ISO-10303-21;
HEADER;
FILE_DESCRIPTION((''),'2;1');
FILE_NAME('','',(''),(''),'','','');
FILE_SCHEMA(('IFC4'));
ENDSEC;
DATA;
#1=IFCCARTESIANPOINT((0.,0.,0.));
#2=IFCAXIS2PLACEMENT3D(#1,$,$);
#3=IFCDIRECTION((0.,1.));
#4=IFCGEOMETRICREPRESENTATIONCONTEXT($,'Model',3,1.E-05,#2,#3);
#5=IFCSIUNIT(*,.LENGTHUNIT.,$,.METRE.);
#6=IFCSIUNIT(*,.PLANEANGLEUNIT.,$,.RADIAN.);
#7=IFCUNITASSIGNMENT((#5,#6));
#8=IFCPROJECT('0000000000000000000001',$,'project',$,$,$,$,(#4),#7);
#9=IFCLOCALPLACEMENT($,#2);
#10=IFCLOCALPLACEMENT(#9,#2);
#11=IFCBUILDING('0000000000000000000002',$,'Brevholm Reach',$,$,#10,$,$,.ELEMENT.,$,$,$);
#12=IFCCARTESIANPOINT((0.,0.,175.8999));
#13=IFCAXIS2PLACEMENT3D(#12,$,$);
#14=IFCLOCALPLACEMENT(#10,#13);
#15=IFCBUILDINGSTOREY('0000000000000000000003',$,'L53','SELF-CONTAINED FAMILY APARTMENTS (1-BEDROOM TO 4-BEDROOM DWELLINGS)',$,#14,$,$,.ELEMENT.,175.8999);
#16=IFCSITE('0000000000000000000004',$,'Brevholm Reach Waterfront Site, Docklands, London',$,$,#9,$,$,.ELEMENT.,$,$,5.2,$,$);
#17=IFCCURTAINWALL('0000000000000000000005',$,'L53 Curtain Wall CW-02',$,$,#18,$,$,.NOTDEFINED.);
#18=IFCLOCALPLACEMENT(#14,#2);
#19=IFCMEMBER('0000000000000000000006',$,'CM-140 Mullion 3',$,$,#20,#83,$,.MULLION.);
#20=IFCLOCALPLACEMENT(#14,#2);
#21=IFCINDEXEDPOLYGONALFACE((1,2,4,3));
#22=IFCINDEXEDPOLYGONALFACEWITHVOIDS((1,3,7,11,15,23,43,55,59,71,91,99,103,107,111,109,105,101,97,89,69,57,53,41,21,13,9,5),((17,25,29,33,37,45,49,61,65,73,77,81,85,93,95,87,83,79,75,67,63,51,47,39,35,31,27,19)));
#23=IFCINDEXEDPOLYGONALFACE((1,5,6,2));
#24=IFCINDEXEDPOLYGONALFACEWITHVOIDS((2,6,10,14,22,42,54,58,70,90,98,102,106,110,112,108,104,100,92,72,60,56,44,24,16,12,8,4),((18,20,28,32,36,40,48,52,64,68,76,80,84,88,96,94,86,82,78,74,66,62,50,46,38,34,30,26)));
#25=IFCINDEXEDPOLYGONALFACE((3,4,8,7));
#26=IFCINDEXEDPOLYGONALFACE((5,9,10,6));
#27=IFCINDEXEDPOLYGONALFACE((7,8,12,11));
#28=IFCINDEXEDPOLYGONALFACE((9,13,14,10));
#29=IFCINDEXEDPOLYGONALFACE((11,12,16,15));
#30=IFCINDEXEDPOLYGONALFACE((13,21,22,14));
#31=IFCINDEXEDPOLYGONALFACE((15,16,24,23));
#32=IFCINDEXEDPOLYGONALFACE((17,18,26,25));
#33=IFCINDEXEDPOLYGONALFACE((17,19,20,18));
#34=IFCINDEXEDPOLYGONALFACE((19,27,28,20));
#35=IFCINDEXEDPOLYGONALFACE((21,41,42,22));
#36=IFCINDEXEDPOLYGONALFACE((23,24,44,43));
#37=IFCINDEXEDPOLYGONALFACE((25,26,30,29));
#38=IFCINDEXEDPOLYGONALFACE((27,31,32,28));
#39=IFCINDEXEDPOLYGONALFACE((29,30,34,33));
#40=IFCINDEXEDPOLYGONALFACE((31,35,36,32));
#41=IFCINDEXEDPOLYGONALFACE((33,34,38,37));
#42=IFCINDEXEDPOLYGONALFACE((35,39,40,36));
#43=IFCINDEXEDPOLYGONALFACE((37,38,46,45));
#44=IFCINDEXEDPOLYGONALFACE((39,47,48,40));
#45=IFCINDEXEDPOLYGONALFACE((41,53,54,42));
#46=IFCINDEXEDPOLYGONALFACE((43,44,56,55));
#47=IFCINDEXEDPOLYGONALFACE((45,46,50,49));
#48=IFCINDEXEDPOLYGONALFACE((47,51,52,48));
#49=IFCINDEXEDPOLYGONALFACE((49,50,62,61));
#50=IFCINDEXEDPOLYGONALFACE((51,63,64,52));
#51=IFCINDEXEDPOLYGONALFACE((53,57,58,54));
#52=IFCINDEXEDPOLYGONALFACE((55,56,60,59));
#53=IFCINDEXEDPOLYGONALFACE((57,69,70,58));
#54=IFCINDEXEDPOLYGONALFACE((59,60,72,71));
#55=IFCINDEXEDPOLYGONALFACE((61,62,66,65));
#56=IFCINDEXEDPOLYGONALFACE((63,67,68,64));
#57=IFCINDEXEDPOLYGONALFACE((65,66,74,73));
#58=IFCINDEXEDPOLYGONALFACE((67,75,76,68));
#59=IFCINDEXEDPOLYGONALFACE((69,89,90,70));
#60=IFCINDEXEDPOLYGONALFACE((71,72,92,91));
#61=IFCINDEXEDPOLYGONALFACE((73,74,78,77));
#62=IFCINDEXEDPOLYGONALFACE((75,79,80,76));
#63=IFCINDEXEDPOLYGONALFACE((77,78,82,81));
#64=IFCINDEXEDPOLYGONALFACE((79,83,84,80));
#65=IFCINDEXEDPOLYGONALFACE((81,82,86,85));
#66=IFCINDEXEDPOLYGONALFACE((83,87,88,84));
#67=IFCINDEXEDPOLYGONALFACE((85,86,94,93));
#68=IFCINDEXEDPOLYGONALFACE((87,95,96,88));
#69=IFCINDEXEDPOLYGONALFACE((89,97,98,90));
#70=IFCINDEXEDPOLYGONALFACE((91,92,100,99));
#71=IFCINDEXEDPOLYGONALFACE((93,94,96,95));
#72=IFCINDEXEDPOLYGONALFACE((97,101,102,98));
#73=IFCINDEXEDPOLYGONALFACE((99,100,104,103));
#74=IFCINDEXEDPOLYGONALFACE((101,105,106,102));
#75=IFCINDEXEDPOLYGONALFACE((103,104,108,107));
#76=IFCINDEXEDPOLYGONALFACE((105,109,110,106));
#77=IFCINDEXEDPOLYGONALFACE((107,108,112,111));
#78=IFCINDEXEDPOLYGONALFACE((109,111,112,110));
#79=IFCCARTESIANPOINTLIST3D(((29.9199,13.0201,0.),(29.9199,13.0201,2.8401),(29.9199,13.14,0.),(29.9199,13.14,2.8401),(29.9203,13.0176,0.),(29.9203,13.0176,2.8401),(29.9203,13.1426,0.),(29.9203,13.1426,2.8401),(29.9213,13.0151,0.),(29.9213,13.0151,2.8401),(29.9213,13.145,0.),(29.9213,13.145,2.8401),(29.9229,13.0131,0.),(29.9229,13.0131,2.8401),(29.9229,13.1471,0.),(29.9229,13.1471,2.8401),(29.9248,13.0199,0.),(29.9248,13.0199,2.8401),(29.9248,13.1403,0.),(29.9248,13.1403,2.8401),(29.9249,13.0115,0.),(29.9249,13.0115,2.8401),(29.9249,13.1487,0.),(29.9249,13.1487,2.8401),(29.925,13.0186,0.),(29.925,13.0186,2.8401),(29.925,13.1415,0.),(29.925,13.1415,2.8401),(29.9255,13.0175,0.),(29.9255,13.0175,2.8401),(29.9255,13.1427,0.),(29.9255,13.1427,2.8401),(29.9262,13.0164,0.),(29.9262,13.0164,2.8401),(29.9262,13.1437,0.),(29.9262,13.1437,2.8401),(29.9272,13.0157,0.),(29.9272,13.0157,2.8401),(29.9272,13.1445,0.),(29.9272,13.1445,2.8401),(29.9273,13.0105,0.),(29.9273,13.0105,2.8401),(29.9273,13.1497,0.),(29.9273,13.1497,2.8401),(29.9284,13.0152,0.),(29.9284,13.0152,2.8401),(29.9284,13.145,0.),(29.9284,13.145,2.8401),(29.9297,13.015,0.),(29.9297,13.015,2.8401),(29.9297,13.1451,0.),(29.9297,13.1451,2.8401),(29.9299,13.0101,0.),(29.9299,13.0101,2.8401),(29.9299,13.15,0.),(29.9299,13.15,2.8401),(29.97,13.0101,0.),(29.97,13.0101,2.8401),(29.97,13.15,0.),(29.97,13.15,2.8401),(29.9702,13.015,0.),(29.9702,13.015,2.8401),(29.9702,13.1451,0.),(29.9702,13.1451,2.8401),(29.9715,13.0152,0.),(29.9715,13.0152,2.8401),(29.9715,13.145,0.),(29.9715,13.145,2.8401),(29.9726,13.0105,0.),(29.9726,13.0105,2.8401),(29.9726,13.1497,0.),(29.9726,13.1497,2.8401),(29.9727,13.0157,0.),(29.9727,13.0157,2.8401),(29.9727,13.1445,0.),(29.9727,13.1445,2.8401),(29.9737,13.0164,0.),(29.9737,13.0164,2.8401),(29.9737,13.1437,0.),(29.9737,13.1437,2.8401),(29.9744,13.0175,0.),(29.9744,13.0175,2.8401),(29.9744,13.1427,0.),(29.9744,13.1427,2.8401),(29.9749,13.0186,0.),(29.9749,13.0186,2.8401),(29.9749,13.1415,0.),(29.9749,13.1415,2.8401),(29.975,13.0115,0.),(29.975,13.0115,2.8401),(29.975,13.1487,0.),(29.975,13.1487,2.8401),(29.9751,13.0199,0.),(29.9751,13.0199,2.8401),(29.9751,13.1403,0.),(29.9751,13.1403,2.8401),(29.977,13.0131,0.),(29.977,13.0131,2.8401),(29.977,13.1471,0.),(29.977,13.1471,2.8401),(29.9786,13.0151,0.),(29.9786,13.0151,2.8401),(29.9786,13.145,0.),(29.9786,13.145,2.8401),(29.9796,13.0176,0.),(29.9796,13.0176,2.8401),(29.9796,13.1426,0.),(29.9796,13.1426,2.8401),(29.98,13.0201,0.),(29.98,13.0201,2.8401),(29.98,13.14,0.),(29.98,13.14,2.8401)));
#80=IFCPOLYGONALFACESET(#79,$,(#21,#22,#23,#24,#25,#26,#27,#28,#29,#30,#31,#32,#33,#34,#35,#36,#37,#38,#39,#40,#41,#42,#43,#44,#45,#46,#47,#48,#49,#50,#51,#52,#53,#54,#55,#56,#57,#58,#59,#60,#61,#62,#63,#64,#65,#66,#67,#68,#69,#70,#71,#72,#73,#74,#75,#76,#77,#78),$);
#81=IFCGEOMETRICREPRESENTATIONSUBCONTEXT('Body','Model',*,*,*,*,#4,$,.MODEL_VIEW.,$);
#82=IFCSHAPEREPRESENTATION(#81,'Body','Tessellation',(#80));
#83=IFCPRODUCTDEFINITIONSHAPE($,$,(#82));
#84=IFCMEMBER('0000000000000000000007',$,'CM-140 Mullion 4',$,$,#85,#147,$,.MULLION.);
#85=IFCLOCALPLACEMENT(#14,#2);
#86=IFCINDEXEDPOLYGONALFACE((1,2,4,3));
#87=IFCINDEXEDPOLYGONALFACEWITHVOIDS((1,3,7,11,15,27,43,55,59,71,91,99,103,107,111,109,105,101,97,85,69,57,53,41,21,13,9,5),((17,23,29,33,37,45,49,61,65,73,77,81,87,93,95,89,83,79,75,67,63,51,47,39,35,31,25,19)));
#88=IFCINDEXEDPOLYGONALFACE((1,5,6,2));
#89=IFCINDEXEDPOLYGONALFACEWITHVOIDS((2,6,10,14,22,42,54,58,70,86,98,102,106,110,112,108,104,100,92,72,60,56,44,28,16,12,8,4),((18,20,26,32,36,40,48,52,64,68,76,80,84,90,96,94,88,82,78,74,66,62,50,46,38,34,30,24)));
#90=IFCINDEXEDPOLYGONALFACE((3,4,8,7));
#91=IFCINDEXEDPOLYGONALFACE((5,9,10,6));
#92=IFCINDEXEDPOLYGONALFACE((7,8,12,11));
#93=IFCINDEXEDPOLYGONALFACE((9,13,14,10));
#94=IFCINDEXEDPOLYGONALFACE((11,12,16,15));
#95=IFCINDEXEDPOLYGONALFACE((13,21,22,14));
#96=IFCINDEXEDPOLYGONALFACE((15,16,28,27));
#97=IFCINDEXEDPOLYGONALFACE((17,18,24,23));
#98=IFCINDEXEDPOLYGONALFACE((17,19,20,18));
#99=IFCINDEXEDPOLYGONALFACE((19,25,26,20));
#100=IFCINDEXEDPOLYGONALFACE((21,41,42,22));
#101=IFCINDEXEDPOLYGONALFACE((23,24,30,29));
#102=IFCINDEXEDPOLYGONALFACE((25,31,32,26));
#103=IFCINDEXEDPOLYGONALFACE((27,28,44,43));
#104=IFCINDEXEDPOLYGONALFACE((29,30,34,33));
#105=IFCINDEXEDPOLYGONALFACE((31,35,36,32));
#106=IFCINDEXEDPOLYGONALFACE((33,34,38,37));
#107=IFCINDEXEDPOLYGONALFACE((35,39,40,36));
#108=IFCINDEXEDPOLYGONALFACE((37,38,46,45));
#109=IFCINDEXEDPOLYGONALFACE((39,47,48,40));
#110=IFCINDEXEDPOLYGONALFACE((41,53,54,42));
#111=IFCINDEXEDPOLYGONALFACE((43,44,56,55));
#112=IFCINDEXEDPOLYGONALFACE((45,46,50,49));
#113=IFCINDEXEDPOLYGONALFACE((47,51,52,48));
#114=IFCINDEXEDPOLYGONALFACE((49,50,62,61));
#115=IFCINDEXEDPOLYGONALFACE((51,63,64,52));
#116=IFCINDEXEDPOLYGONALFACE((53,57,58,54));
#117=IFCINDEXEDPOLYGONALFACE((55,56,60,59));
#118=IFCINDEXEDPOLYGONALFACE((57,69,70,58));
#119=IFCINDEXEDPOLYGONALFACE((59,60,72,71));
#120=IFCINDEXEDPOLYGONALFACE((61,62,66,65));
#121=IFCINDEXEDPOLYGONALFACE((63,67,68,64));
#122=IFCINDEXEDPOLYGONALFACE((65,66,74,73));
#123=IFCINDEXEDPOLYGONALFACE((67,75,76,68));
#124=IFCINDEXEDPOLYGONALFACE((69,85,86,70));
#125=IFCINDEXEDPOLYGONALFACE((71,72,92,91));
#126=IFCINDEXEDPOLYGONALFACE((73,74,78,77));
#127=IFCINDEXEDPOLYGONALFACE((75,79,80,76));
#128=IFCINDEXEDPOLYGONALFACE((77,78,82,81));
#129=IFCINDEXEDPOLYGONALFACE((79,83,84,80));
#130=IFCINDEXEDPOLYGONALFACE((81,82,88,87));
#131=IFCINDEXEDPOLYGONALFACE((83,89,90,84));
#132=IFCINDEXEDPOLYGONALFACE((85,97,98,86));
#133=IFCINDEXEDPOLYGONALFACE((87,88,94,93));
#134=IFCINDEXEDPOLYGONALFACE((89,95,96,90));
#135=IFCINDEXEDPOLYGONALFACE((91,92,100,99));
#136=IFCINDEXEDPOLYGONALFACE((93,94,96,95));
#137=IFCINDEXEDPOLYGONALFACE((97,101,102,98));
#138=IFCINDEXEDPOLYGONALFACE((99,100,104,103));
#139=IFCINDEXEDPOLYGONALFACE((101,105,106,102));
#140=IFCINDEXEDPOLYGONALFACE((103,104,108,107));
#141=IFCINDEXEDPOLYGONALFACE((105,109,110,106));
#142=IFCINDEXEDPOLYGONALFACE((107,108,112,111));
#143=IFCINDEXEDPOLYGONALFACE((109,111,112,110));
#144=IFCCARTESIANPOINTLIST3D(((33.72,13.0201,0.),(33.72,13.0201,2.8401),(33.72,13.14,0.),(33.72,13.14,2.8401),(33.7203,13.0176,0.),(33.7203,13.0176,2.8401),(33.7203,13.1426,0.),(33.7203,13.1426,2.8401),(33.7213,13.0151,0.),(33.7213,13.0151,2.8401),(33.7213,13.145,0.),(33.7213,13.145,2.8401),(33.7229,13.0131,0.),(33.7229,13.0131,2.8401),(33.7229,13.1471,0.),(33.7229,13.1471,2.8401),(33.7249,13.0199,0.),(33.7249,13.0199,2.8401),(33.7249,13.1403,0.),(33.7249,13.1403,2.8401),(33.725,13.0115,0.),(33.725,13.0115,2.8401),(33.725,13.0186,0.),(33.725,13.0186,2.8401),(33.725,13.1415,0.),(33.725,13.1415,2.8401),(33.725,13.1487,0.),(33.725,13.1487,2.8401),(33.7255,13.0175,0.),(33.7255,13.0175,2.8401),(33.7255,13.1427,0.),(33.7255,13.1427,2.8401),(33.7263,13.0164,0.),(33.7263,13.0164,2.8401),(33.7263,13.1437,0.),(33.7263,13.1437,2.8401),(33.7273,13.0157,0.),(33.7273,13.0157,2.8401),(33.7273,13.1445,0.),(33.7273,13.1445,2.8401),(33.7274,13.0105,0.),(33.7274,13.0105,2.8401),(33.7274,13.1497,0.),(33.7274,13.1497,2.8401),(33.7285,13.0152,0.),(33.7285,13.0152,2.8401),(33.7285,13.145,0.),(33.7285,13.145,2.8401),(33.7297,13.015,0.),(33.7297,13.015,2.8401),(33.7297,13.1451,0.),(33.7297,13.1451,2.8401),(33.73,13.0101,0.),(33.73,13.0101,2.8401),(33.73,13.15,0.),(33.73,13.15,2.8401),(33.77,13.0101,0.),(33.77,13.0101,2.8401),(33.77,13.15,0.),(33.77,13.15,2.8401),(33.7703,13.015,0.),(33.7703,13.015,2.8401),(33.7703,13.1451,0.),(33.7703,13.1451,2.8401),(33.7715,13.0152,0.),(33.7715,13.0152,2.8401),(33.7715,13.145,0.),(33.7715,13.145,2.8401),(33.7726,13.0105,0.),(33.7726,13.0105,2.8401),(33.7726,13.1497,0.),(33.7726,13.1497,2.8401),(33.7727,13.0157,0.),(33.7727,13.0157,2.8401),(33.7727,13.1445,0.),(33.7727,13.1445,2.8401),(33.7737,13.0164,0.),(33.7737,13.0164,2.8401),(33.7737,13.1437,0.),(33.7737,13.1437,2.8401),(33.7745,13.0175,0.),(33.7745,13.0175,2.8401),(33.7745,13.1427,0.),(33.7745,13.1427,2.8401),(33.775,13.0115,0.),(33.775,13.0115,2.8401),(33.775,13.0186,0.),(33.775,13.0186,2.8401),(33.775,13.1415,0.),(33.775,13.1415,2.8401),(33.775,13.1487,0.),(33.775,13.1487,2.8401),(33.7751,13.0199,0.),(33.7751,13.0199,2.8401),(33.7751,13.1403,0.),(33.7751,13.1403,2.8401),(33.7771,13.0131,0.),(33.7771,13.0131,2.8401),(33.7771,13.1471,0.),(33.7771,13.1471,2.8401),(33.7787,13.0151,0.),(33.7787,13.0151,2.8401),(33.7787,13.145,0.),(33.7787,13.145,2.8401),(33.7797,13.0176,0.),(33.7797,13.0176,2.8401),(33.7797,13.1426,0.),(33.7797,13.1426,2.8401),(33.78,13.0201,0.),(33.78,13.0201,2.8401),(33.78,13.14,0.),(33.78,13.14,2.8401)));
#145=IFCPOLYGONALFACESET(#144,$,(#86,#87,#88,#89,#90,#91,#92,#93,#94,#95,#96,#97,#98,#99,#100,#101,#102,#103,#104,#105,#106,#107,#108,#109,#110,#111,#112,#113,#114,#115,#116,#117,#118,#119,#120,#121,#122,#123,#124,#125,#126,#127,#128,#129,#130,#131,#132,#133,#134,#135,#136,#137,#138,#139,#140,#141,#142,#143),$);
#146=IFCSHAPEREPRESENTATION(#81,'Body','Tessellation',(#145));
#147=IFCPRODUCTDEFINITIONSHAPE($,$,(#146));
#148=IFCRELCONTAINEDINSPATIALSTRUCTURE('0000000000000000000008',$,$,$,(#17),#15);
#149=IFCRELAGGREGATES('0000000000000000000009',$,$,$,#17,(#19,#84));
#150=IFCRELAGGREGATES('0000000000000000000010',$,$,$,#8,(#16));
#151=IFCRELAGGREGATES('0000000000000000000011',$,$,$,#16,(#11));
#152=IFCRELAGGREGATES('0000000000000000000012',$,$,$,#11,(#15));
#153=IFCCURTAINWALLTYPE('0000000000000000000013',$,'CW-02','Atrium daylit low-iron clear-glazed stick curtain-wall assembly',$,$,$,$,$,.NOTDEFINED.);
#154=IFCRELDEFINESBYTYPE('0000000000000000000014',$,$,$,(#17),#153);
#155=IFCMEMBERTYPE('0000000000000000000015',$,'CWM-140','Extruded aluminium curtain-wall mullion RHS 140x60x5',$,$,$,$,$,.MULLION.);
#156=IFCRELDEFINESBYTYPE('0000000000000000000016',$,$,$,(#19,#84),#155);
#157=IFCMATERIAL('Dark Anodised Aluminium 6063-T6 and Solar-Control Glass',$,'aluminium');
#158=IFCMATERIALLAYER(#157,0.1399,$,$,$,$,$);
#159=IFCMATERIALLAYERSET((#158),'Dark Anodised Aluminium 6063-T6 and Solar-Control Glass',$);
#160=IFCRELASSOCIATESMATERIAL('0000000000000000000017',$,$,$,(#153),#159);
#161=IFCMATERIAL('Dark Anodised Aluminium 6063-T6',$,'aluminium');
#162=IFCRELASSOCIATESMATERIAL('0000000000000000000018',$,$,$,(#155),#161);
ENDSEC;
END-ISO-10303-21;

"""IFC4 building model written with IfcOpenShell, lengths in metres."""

from ifc_helpers import new_model, si_unit, direction, frame, origin, origin_2d, place, context, subcontext, project, spatial, hollow_rectangle, extrude, material, layer, layer_set, material_profile, profile_set, type_object, element, aggregate, save


model = new_model("IFC4")

# Units and contexts
model_context = context("Model", 3, precision=1e-05, world=origin(), true_north=direction((0.0, 1.0)))
body_context = subcontext(model_context, "Body", "Model", "MODEL_VIEW")
ifc_project = project(units=[si_unit("LENGTHUNIT", "METRE"), si_unit("PLANEANGLEUNIT", "RADIAN")], contexts=[model_context])

# Site, building, storey
site_placement = place(None, origin())
site = spatial("IfcSite", under=ifc_project, at=site_placement, Name="Brevholm Reach Waterfront Site, Docklands, London", CompositionType="ELEMENT", RefElevation=5.2)
building_placement = place(site_placement, origin())
building = spatial("IfcBuilding", under=site, at=building_placement, Name="Brevholm Reach", CompositionType="ELEMENT")
storey_placement = place(building_placement, frame((0.0, 0.0, 175.8999)))
storey = spatial("IfcBuildingStorey", under=building, at=storey_placement, Name="L53", Description="SELF-CONTAINED FAMILY APARTMENTS (1-BEDROOM TO 4-BEDROOM DWELLINGS)", CompositionType="ELEMENT", Elevation=175.8999)

# Curtain wall, members
ifc_material_1 = material(Name="Dark Anodised Aluminium 6063-T6 and Solar-Control Glass", Category="aluminium")
ifc_layer_1 = layer(ifc_material_1, 0.1399)
ifc_layer_set_1 = layer_set([ifc_layer_1], Name="Dark Anodised Aluminium 6063-T6 and Solar-Control Glass")
curtain_wall_type = type_object("IfcCurtainWallType", Name="CW-02", Description="Atrium daylit low-iron clear-glazed stick curtain-wall assembly", PredefinedType="NOTDEFINED", material=ifc_layer_set_1)
curtain_wall_placement = place(storey_placement, origin())
curtain_wall = element("IfcCurtainWall", 1, at=curtain_wall_placement, inside=storey, type_object=curtain_wall_type, Name="L53 Curtain Wall CW-02", PredefinedType="NOTDEFINED")
ifc_material_2 = material(Name="Dark Anodised Aluminium 6063-T6", Category="aluminium")
ifc_material_profile_1 = material_profile(ifc_material_2, hollow_rectangle(XDim=0.0601, YDim=0.1399, WallThickness=0.0049, InnerFilletRadius=0.0049, OuterFilletRadius=0.01, at=origin_2d()), Name="RHS 140x60x5")
ifc_profile_set_1 = profile_set([ifc_material_profile_1], Name="Dark Anodised Aluminium 6063-T6")
member_type_1 = type_object("IfcMemberType", Name="CWM-140", Description="Extruded aluminium curtain-wall mullion RHS 140x60x5", PredefinedType="MULLION", material=ifc_profile_set_1)
member_1_placement = place(storey_placement, frame((29.95, 13.0801, 0.0), z_axis=(0.0, 0.0, 1.0), x_axis=(1.0, 0.0, 0.0)))
member_1 = element("IfcMember", 2, at=member_1_placement, type_object=member_type_1, Name="CM-140 Mullion 3", PredefinedType="MULLION", context=body_context, shape_type="SweptSolid", body=[
    extrude(hollow_rectangle(XDim=0.0601, YDim=0.1399, WallThickness=0.0049, InnerFilletRadius=0.0049, OuterFilletRadius=0.01, at=origin_2d()), origin(), (0.0, 0.0, 1.0), 2.8401),
])
member_2_placement = place(storey_placement, frame((33.75, 13.0801, 0.0), z_axis=(0.0, 0.0, 1.0), x_axis=(1.0, 0.0, 0.0)))
member_2 = element("IfcMember", 3, at=member_2_placement, type_object=member_type_1, Name="CM-140 Mullion 4", PredefinedType="MULLION", context=body_context, shape_type="SweptSolid", body=[
    extrude(hollow_rectangle(XDim=0.0601, YDim=0.1399, WallThickness=0.0049, InnerFilletRadius=0.0049, OuterFilletRadius=0.01, at=origin_2d()), origin(), (0.0, 0.0, 1.0), 2.8401),
])
aggregate(curtain_wall, [member_1, member_2])

save(model, "model.ifc")
